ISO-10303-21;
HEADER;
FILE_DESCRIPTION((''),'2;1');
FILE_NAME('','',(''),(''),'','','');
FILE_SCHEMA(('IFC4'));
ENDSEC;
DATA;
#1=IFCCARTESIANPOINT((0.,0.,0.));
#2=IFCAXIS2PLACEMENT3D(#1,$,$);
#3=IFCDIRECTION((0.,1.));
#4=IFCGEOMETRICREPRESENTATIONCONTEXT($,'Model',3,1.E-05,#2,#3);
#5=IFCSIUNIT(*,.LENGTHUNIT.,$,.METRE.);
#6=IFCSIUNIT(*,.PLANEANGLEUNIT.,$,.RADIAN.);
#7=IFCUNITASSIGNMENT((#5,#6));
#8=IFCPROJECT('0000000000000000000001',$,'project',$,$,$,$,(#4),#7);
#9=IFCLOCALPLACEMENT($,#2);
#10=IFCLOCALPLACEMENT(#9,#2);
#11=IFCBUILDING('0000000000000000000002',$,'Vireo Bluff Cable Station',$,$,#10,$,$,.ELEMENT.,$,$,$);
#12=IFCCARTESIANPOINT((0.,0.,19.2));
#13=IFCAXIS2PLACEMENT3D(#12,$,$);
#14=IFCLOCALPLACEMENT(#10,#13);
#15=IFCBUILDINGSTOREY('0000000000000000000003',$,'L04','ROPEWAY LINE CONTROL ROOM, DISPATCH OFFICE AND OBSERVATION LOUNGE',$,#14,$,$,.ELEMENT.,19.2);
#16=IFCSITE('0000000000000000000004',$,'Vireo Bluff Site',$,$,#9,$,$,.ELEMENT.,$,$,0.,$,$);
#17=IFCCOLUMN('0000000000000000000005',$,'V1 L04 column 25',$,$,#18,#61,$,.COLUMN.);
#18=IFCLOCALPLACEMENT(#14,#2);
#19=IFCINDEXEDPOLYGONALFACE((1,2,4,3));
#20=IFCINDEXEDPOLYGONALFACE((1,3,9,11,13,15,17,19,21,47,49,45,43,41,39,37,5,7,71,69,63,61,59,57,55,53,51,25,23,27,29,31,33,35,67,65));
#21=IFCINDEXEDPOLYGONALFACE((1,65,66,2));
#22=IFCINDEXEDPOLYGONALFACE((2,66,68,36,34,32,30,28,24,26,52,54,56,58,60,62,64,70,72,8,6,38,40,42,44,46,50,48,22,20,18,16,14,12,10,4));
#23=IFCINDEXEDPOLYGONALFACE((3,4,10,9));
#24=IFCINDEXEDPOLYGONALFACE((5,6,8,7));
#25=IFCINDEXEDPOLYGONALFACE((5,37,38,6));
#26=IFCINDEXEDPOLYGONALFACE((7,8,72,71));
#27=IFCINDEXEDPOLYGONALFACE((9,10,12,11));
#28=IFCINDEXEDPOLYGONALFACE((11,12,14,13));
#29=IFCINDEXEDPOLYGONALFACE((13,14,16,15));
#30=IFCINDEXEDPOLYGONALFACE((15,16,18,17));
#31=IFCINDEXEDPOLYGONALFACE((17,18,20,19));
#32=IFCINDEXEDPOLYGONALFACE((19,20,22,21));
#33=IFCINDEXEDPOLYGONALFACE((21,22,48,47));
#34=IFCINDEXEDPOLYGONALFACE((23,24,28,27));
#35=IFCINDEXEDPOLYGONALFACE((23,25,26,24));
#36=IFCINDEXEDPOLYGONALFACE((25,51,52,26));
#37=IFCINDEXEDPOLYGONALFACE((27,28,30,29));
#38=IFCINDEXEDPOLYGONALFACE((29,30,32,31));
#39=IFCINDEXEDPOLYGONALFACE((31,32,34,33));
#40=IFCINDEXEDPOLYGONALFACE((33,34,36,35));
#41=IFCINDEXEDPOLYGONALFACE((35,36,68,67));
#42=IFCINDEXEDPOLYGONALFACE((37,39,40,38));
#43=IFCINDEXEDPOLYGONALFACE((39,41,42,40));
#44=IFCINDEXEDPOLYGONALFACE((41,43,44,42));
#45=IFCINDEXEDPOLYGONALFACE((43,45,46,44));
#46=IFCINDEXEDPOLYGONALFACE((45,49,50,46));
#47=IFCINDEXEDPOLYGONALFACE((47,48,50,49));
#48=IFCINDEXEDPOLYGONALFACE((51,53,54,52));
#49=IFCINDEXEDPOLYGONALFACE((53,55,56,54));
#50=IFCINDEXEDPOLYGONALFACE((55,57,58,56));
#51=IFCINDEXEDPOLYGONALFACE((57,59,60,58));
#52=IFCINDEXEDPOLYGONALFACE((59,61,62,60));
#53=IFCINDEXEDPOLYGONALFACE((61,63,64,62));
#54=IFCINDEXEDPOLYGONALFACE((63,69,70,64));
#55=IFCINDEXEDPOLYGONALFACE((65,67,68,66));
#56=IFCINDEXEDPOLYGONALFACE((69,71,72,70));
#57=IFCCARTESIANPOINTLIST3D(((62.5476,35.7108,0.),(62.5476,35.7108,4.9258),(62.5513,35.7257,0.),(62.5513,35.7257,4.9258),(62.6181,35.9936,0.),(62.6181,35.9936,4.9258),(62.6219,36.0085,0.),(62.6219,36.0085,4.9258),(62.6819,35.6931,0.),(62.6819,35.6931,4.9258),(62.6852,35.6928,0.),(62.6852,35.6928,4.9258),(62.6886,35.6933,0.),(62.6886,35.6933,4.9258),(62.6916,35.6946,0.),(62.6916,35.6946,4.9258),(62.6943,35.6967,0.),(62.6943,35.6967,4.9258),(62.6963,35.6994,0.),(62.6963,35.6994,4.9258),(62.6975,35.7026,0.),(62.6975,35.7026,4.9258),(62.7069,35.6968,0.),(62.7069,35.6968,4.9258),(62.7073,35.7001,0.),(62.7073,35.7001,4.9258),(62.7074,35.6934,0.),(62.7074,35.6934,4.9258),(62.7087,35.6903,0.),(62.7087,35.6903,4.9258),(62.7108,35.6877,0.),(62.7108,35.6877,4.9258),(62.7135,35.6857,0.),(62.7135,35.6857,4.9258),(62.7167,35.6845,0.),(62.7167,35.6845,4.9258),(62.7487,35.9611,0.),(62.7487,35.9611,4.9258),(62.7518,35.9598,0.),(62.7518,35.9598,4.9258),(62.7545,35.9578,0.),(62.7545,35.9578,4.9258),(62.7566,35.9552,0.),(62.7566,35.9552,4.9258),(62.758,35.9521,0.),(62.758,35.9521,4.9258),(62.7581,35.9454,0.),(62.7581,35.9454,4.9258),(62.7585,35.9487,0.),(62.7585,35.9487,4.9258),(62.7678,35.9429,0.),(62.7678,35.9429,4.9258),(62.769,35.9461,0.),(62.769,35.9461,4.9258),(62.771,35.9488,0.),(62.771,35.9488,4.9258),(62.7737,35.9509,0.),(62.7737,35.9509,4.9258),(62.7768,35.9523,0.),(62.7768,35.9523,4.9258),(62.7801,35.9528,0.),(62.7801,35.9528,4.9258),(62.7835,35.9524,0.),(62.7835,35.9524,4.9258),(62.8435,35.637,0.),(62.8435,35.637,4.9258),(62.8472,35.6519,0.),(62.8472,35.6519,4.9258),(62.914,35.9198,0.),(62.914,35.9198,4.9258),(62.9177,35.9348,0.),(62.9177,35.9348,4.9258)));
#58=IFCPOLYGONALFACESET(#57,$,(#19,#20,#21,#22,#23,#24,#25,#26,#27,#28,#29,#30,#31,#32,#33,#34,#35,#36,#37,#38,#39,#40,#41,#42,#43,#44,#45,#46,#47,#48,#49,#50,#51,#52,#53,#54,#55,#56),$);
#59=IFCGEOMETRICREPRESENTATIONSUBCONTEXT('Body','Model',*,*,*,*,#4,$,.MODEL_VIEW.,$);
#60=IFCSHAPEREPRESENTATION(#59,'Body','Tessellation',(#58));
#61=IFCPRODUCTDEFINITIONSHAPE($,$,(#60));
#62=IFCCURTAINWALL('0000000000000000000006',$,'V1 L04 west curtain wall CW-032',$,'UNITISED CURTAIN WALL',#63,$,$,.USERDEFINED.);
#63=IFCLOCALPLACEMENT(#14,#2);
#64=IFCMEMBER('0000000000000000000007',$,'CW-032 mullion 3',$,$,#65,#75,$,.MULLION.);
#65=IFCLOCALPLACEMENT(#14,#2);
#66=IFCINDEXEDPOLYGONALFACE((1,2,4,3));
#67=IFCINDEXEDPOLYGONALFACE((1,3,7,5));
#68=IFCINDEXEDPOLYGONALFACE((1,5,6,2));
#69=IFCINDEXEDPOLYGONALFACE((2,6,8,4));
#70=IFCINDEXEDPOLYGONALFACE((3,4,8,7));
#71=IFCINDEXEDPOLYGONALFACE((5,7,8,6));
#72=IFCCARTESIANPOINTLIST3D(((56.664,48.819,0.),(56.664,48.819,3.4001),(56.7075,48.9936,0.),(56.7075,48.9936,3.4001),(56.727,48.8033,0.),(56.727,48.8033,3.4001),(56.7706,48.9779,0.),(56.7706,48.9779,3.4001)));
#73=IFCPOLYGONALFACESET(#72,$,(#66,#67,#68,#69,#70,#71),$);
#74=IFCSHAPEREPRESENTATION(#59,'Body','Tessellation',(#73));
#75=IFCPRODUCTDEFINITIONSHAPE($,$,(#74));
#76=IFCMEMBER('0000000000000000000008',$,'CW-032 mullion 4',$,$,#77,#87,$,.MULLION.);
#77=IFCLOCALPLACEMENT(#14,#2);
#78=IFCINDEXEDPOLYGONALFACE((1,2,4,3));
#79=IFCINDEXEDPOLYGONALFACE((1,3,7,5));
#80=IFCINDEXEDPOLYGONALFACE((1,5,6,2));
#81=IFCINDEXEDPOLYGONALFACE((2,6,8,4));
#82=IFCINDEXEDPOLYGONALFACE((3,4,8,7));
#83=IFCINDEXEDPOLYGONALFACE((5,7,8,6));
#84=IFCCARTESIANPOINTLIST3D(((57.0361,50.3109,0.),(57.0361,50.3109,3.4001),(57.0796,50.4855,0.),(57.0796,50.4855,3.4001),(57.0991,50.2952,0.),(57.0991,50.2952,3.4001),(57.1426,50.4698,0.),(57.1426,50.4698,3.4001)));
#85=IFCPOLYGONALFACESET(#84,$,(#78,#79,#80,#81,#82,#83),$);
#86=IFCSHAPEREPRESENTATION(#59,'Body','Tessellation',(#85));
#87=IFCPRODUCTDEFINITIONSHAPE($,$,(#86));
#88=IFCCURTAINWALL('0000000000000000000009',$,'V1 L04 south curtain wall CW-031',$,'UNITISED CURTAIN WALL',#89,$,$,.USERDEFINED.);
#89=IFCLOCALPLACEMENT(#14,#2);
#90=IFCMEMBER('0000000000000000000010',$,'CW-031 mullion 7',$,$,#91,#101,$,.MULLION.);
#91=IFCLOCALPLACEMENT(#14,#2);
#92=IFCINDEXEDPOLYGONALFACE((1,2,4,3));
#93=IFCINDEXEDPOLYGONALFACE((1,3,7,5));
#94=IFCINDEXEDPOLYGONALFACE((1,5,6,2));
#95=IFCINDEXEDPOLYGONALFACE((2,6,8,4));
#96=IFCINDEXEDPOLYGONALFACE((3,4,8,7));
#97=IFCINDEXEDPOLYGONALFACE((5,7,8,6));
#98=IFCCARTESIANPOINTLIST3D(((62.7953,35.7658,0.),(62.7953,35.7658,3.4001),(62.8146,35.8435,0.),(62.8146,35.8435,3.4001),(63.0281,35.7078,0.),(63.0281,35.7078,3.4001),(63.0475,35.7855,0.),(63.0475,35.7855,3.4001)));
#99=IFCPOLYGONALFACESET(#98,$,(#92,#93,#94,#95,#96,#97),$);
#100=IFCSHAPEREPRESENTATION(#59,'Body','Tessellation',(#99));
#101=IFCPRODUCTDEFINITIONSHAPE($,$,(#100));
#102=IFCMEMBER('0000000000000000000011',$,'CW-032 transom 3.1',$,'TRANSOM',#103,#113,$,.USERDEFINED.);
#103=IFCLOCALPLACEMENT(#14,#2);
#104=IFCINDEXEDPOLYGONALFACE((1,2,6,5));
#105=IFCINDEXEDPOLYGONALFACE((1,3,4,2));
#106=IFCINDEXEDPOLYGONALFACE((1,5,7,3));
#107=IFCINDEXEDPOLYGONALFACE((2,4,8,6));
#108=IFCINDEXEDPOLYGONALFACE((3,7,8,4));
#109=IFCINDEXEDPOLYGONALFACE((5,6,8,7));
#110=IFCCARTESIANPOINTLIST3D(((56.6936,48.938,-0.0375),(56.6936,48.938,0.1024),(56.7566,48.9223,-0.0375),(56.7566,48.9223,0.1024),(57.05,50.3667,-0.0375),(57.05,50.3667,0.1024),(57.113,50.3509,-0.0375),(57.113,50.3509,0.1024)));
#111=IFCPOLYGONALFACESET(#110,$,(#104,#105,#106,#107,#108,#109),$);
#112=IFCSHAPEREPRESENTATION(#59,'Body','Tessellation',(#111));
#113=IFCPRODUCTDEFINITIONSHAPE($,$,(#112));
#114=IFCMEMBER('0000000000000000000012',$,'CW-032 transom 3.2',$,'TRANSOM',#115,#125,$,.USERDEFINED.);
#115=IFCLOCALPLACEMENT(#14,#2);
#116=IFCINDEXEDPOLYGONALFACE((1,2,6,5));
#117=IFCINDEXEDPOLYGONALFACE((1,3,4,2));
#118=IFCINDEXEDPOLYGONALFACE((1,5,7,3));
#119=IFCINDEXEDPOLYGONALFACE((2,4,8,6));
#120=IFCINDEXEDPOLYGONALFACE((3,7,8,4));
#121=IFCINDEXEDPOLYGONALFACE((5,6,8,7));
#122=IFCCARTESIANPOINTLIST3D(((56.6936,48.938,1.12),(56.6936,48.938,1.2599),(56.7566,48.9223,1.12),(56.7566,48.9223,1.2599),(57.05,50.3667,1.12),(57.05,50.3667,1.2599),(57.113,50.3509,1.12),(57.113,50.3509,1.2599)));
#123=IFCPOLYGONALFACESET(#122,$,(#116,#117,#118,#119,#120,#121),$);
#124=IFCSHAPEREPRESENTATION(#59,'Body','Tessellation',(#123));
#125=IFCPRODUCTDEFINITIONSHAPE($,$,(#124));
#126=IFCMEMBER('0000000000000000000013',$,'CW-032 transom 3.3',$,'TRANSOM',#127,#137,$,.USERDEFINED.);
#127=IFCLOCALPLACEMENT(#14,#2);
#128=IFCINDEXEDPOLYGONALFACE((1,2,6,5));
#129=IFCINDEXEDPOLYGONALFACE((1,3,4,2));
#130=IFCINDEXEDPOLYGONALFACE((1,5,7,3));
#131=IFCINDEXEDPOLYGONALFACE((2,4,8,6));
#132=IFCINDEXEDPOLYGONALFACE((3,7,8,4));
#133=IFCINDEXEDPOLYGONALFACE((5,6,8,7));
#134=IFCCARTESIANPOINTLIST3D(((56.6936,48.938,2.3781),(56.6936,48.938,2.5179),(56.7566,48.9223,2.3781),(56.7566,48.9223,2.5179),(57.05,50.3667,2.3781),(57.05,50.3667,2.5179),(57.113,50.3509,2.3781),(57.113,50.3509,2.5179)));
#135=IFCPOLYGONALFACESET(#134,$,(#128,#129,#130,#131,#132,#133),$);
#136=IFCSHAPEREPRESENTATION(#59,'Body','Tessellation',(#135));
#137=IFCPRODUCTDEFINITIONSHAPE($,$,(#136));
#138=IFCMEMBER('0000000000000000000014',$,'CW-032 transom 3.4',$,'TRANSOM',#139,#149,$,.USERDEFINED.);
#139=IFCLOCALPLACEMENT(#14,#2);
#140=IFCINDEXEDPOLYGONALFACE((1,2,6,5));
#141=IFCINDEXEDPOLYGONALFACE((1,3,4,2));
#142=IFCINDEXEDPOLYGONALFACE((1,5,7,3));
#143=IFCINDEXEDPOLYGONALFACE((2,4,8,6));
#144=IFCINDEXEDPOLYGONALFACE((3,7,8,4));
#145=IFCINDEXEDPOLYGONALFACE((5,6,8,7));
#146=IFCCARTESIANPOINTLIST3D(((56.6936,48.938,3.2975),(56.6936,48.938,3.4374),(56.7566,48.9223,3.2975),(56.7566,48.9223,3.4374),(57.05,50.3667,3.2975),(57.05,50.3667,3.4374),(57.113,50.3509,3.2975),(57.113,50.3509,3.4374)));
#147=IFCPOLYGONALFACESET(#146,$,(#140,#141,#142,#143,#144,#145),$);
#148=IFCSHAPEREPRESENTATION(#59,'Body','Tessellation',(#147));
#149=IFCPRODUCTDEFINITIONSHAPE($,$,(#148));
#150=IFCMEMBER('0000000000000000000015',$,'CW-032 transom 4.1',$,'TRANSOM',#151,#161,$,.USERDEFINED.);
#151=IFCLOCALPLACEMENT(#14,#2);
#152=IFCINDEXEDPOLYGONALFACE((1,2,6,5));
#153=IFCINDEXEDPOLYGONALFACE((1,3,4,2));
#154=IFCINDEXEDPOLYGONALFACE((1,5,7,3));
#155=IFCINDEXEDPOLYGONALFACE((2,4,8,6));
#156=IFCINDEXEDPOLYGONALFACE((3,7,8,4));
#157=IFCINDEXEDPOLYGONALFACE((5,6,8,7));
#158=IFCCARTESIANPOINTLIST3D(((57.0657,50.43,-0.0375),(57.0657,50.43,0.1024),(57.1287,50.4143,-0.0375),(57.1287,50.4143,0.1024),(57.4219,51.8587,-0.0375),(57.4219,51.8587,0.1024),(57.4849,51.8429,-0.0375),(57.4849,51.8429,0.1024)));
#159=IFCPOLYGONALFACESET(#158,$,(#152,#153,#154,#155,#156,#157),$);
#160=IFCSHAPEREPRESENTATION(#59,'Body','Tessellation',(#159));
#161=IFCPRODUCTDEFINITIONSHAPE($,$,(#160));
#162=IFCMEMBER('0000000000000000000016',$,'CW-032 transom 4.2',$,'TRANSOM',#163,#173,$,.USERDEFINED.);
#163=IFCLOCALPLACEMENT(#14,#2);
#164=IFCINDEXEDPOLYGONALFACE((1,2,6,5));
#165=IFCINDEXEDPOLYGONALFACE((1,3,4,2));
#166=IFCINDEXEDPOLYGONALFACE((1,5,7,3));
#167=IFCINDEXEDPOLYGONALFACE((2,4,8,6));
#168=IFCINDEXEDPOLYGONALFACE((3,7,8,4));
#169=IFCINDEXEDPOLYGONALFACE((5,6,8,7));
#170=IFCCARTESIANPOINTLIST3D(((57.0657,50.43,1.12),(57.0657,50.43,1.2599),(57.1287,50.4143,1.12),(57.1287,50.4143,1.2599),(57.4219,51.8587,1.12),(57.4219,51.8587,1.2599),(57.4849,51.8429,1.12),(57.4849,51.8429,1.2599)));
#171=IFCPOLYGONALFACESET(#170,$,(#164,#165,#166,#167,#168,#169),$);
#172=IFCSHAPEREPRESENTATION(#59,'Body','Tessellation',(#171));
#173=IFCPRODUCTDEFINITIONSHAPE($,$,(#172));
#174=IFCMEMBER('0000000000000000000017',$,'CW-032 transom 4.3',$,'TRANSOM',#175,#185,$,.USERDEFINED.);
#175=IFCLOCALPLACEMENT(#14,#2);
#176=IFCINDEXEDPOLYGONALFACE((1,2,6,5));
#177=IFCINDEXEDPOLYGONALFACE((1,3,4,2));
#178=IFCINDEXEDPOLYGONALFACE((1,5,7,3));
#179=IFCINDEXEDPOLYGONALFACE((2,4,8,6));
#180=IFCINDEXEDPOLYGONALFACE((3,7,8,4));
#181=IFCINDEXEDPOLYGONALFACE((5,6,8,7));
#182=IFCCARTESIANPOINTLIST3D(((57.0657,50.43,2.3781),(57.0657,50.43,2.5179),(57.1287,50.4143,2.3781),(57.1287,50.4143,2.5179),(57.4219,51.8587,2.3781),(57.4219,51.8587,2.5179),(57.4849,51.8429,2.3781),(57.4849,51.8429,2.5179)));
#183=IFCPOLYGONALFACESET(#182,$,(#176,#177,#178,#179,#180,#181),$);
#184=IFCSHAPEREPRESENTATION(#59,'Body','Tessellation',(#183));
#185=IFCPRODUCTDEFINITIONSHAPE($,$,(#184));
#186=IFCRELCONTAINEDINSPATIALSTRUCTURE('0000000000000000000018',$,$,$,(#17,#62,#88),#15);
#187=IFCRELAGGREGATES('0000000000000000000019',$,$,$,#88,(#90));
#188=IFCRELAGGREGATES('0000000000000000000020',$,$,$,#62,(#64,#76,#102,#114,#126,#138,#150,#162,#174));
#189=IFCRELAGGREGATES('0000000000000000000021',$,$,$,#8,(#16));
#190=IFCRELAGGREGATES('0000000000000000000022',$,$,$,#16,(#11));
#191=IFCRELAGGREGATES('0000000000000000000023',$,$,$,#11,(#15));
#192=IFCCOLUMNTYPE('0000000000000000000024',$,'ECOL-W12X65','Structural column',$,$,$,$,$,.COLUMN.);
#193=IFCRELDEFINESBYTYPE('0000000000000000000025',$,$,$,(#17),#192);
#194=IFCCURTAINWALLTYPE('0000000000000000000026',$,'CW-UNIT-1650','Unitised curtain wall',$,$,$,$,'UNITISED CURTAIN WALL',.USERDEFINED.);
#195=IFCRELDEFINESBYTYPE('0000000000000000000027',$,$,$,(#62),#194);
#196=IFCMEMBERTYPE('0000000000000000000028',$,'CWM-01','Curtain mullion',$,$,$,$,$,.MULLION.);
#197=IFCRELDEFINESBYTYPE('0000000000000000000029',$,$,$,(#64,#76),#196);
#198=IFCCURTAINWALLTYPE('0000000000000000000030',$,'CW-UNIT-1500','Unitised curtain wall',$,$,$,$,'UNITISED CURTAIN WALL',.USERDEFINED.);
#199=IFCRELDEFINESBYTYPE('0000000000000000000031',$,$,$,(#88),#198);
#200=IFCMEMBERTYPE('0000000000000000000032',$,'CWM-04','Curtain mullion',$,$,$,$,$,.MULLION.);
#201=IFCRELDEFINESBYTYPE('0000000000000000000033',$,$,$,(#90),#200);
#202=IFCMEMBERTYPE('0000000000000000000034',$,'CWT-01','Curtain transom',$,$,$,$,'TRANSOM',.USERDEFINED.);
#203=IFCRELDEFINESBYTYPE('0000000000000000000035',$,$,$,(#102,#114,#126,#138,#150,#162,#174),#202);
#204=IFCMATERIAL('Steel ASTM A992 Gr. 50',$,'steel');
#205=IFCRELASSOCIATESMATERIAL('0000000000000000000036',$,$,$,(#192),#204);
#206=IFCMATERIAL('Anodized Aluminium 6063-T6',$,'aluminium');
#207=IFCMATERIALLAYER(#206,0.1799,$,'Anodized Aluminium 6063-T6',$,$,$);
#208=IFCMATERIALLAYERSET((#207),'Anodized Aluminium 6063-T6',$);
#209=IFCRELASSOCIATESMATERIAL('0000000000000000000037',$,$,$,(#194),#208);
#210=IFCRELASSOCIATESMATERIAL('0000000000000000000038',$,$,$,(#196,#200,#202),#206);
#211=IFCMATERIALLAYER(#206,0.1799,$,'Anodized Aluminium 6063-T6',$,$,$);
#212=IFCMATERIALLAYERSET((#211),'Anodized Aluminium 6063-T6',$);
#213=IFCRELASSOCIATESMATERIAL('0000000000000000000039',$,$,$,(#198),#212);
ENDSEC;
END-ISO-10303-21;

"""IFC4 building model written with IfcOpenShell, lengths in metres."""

from ifc_helpers import new_model, si_unit, direction, frame, origin, origin_2d, place, context, subcontext, project, spatial, rectangle, i_section, extrude, material, layer, layer_set, material_profile, profile_set, type_object, element, aggregate, save


model = new_model("IFC4")

# Units and contexts
model_context = context("Model", 3, precision=1e-05, world=origin(), true_north=direction((0.0, 1.0)))
body_context = subcontext(model_context, "Body", "Model", "MODEL_VIEW")
ifc_project = project(units=[si_unit("LENGTHUNIT", "METRE"), si_unit("PLANEANGLEUNIT", "RADIAN")], contexts=[model_context])

# Site, building, storey
site_placement = place(None, origin())
site = spatial("IfcSite", under=ifc_project, at=site_placement, Name="Vireo Bluff Site", CompositionType="ELEMENT", RefElevation=0.0)
building_placement = place(site_placement, origin())
building = spatial("IfcBuilding", under=site, at=building_placement, Name="Vireo Bluff Cable Station", CompositionType="ELEMENT")
storey_placement = place(building_placement, frame((0.0, 0.0, 19.2)))
storey = spatial("IfcBuildingStorey", under=building, at=storey_placement, Name="L04", Description="ROPEWAY LINE CONTROL ROOM, DISPATCH OFFICE AND OBSERVATION LOUNGE", CompositionType="ELEMENT", Elevation=19.2)

# Column
ifc_material_1 = material(Name="Steel ASTM A992 Gr. 50", Category="steel")
ifc_material_profile_1 = material_profile(ifc_material_1, i_section(OverallWidth=0.3049, OverallDepth=0.3069, WebThickness=0.01, FlangeThickness=0.0154, FilletRadius=0.0129, at=origin_2d()), Name="W12X65")
ifc_profile_set_1 = profile_set([ifc_material_profile_1], Name="Steel ASTM A992 Gr. 50")
column_type = type_object("IfcColumnType", Name="ECOL-W12X65", Description="Structural column", PredefinedType="COLUMN", material=ifc_profile_set_1)
column_placement = place(storey_placement, frame((62.7327, 35.8228, 0.0), z_axis=(0.0, 0.0, 1.0), x_axis=(0.970296, -0.241922, 0.0)))
element("IfcColumn", 1, at=column_placement, inside=storey, type_object=column_type, Name="V1 L04 column 25", PredefinedType="COLUMN", context=body_context, shape_type="SweptSolid", body=[
    extrude(i_section(OverallWidth=0.3049, OverallDepth=0.3069, WebThickness=0.01, FlangeThickness=0.0154, FilletRadius=0.0129, at=origin_2d()), origin(), (0.0, 0.0, 1.0), 4.9258),
])

# Curtain wall, members
ifc_material_2 = material(Name="Anodized Aluminium 6063-T6", Category="aluminium")
ifc_layer_1 = layer(ifc_material_2, 0.1799, Name="Anodized Aluminium 6063-T6")
ifc_layer_set_1 = layer_set([ifc_layer_1], Name="Anodized Aluminium 6063-T6")
curtain_wall_type_1 = type_object("IfcCurtainWallType", Name="CW-UNIT-1650", Description="Unitised curtain wall", ElementType="UNITISED CURTAIN WALL", PredefinedType="USERDEFINED", material=ifc_layer_set_1)
curtain_wall_1_placement = place(storey_placement, origin())
curtain_wall_1 = element("IfcCurtainWall", 2, at=curtain_wall_1_placement, inside=storey, type_object=curtain_wall_type_1, Name="V1 L04 west curtain wall CW-032", ObjectType="UNITISED CURTAIN WALL", PredefinedType="USERDEFINED")
ifc_material_profile_2 = material_profile(ifc_material_2, rectangle(XDim=0.0649, YDim=0.1799, at=origin_2d()), Name="ALU-M-65X180")
ifc_profile_set_2 = profile_set([ifc_material_profile_2], Name="Anodized Aluminium 6063-T6")
member_type_1 = type_object("IfcMemberType", Name="CWM-01", Description="Curtain mullion", PredefinedType="MULLION", material=ifc_profile_set_2)
member_1_placement = place(storey_placement, frame((56.7173, 48.8984, 0.0), z_axis=(0.0, 0.0, 1.0), x_axis=(-0.970296, 0.241922, 0.0)))
member_1 = element("IfcMember", 3, at=member_1_placement, type_object=member_type_1, Name="CW-032 mullion 3", PredefinedType="MULLION", context=body_context, shape_type="SweptSolid", body=[
    extrude(rectangle(XDim=0.0649, YDim=0.1799, at=origin_2d()), origin(), (0.0, 0.0, 1.0), 3.4001),
])
member_2_placement = place(storey_placement, frame((57.0894, 50.3904, 0.0), z_axis=(0.0, 0.0, 1.0), x_axis=(-0.970296, 0.241922, 0.0)))
member_2 = element("IfcMember", 4, at=member_2_placement, type_object=member_type_1, Name="CW-032 mullion 4", PredefinedType="MULLION", context=body_context, shape_type="SweptSolid", body=[
    extrude(rectangle(XDim=0.0649, YDim=0.1799, at=origin_2d()), origin(), (0.0, 0.0, 1.0), 3.4001),
])

# Curtain wall, member
ifc_layer_2 = layer(ifc_material_2, 0.1799, Name="Anodized Aluminium 6063-T6")
ifc_layer_set_2 = layer_set([ifc_layer_2], Name="Anodized Aluminium 6063-T6")
curtain_wall_type_2 = type_object("IfcCurtainWallType", Name="CW-UNIT-1500", Description="Unitised curtain wall", ElementType="UNITISED CURTAIN WALL", PredefinedType="USERDEFINED", material=ifc_layer_set_2)
curtain_wall_2_placement = place(storey_placement, origin())
curtain_wall_2 = element("IfcCurtainWall", 5, at=curtain_wall_2_placement, inside=storey, type_object=curtain_wall_type_2, Name="V1 L04 south curtain wall CW-031", ObjectType="UNITISED CURTAIN WALL", PredefinedType="USERDEFINED")
ifc_material_profile_3 = material_profile(ifc_material_2, rectangle(XDim=0.0801, YDim=0.24, at=origin_2d()), Name="ALU-M-80X240")
ifc_profile_set_3 = profile_set([ifc_material_profile_3], Name="Anodized Aluminium 6063-T6")
member_type_2 = type_object("IfcMemberType", Name="CWM-04", Description="Curtain mullion", PredefinedType="MULLION", material=ifc_profile_set_3)
member_3_placement = place(storey_placement, frame((62.9214, 35.7756, 0.0), z_axis=(0.0, 0.0, 1.0), x_axis=(-0.241922, -0.970296, 0.0)))
member_3 = element("IfcMember", 6, at=member_3_placement, type_object=member_type_2, Name="CW-031 mullion 7", PredefinedType="MULLION", context=body_context, shape_type="SweptSolid", body=[
    extrude(rectangle(XDim=0.0801, YDim=0.24, at=origin_2d()), origin(), (0.0, 0.0, 1.0), 3.4001),
])

# Members
ifc_material_profile_4 = material_profile(ifc_material_2, rectangle(XDim=0.0649, YDim=0.1399, at=origin_2d()), Name="ALU-T-65X140")
ifc_profile_set_4 = profile_set([ifc_material_profile_4], Name="Anodized Aluminium 6063-T6")
member_type_3 = type_object("IfcMemberType", Name="CWT-01", Description="Curtain transom", ElementType="TRANSOM", PredefinedType="USERDEFINED", material=ifc_profile_set_4)
member_4_placement = place(storey_placement, frame((56.7251, 48.9302, 0.0325), z_axis=(0.242067, 0.970259, 0.0), x_axis=(-0.970259, 0.242067, 0.0)))
member_4 = element("IfcMember", 7, at=member_4_placement, type_object=member_type_3, Name="CW-032 transom 3.1", ObjectType="TRANSOM", PredefinedType="USERDEFINED", context=body_context, shape_type="SweptSolid", body=[
    extrude(rectangle(XDim=0.0649, YDim=0.1399, at=origin_2d()), origin(), (0.0, 0.0, 1.0), 1.4724),
])
member_5_placement = place(storey_placement, frame((56.7251, 48.9302, 1.1899), z_axis=(0.242067, 0.970259, 0.0), x_axis=(-0.970259, 0.242067, 0.0)))
member_5 = element("IfcMember", 8, at=member_5_placement, type_object=member_type_3, Name="CW-032 transom 3.2", ObjectType="TRANSOM", PredefinedType="USERDEFINED", context=body_context, shape_type="SweptSolid", body=[
    extrude(rectangle(XDim=0.0649, YDim=0.1399, at=origin_2d()), origin(), (0.0, 0.0, 1.0), 1.4724),
])
member_6_placement = place(storey_placement, frame((56.7251, 48.9302, 2.448), z_axis=(0.242067, 0.970259, 0.0), x_axis=(-0.970259, 0.242067, 0.0)))
member_6 = element("IfcMember", 9, at=member_6_placement, type_object=member_type_3, Name="CW-032 transom 3.3", ObjectType="TRANSOM", PredefinedType="USERDEFINED", context=body_context, shape_type="SweptSolid", body=[
    extrude(rectangle(XDim=0.0649, YDim=0.1399, at=origin_2d()), origin(), (0.0, 0.0, 1.0), 1.4724),
])
member_7_placement = place(storey_placement, frame((56.7251, 48.9302, 3.3674), z_axis=(0.242067, 0.970259, 0.0), x_axis=(-0.970259, 0.242067, 0.0)))
member_7 = element("IfcMember", 10, at=member_7_placement, type_object=member_type_3, Name="CW-032 transom 3.4", ObjectType="TRANSOM", PredefinedType="USERDEFINED", context=body_context, shape_type="SweptSolid", body=[
    extrude(rectangle(XDim=0.0649, YDim=0.1399, at=origin_2d()), origin(), (0.0, 0.0, 1.0), 1.4724),
])
member_8_placement = place(storey_placement, frame((57.0972, 50.4221, 0.0325), z_axis=(0.241911, 0.970298, 0.0), x_axis=(-0.970298, 0.241911, 0.0)))
member_8 = element("IfcMember", 11, at=member_8_placement, type_object=member_type_3, Name="CW-032 transom 4.1", ObjectType="TRANSOM", PredefinedType="USERDEFINED", context=body_context, shape_type="SweptSolid", body=[
    extrude(rectangle(XDim=0.0649, YDim=0.1399, at=origin_2d()), origin(), (0.0, 0.0, 1.0), 1.4724),
])
member_9_placement = place(storey_placement, frame((57.0972, 50.4221, 1.1899), z_axis=(0.241911, 0.970298, 0.0), x_axis=(-0.970298, 0.241911, 0.0)))
member_9 = element("IfcMember", 12, at=member_9_placement, type_object=member_type_3, Name="CW-032 transom 4.2", ObjectType="TRANSOM", PredefinedType="USERDEFINED", context=body_context, shape_type="SweptSolid", body=[
    extrude(rectangle(XDim=0.0649, YDim=0.1399, at=origin_2d()), origin(), (0.0, 0.0, 1.0), 1.4724),
])
member_10_placement = place(storey_placement, frame((57.0972, 50.4221, 2.448), z_axis=(0.241911, 0.970298, 0.0), x_axis=(-0.970298, 0.241911, 0.0)))
member_10 = element("IfcMember", 13, at=member_10_placement, type_object=member_type_3, Name="CW-032 transom 4.3", ObjectType="TRANSOM", PredefinedType="USERDEFINED", context=body_context, shape_type="SweptSolid", body=[
    extrude(rectangle(XDim=0.0649, YDim=0.1399, at=origin_2d()), origin(), (0.0, 0.0, 1.0), 1.4724),
])

aggregate(curtain_wall_2, [member_3])
aggregate(curtain_wall_1, [member_1, member_2, member_4, member_5, member_6, member_7, member_8, member_9, member_10])

save(model, "model.ifc")
